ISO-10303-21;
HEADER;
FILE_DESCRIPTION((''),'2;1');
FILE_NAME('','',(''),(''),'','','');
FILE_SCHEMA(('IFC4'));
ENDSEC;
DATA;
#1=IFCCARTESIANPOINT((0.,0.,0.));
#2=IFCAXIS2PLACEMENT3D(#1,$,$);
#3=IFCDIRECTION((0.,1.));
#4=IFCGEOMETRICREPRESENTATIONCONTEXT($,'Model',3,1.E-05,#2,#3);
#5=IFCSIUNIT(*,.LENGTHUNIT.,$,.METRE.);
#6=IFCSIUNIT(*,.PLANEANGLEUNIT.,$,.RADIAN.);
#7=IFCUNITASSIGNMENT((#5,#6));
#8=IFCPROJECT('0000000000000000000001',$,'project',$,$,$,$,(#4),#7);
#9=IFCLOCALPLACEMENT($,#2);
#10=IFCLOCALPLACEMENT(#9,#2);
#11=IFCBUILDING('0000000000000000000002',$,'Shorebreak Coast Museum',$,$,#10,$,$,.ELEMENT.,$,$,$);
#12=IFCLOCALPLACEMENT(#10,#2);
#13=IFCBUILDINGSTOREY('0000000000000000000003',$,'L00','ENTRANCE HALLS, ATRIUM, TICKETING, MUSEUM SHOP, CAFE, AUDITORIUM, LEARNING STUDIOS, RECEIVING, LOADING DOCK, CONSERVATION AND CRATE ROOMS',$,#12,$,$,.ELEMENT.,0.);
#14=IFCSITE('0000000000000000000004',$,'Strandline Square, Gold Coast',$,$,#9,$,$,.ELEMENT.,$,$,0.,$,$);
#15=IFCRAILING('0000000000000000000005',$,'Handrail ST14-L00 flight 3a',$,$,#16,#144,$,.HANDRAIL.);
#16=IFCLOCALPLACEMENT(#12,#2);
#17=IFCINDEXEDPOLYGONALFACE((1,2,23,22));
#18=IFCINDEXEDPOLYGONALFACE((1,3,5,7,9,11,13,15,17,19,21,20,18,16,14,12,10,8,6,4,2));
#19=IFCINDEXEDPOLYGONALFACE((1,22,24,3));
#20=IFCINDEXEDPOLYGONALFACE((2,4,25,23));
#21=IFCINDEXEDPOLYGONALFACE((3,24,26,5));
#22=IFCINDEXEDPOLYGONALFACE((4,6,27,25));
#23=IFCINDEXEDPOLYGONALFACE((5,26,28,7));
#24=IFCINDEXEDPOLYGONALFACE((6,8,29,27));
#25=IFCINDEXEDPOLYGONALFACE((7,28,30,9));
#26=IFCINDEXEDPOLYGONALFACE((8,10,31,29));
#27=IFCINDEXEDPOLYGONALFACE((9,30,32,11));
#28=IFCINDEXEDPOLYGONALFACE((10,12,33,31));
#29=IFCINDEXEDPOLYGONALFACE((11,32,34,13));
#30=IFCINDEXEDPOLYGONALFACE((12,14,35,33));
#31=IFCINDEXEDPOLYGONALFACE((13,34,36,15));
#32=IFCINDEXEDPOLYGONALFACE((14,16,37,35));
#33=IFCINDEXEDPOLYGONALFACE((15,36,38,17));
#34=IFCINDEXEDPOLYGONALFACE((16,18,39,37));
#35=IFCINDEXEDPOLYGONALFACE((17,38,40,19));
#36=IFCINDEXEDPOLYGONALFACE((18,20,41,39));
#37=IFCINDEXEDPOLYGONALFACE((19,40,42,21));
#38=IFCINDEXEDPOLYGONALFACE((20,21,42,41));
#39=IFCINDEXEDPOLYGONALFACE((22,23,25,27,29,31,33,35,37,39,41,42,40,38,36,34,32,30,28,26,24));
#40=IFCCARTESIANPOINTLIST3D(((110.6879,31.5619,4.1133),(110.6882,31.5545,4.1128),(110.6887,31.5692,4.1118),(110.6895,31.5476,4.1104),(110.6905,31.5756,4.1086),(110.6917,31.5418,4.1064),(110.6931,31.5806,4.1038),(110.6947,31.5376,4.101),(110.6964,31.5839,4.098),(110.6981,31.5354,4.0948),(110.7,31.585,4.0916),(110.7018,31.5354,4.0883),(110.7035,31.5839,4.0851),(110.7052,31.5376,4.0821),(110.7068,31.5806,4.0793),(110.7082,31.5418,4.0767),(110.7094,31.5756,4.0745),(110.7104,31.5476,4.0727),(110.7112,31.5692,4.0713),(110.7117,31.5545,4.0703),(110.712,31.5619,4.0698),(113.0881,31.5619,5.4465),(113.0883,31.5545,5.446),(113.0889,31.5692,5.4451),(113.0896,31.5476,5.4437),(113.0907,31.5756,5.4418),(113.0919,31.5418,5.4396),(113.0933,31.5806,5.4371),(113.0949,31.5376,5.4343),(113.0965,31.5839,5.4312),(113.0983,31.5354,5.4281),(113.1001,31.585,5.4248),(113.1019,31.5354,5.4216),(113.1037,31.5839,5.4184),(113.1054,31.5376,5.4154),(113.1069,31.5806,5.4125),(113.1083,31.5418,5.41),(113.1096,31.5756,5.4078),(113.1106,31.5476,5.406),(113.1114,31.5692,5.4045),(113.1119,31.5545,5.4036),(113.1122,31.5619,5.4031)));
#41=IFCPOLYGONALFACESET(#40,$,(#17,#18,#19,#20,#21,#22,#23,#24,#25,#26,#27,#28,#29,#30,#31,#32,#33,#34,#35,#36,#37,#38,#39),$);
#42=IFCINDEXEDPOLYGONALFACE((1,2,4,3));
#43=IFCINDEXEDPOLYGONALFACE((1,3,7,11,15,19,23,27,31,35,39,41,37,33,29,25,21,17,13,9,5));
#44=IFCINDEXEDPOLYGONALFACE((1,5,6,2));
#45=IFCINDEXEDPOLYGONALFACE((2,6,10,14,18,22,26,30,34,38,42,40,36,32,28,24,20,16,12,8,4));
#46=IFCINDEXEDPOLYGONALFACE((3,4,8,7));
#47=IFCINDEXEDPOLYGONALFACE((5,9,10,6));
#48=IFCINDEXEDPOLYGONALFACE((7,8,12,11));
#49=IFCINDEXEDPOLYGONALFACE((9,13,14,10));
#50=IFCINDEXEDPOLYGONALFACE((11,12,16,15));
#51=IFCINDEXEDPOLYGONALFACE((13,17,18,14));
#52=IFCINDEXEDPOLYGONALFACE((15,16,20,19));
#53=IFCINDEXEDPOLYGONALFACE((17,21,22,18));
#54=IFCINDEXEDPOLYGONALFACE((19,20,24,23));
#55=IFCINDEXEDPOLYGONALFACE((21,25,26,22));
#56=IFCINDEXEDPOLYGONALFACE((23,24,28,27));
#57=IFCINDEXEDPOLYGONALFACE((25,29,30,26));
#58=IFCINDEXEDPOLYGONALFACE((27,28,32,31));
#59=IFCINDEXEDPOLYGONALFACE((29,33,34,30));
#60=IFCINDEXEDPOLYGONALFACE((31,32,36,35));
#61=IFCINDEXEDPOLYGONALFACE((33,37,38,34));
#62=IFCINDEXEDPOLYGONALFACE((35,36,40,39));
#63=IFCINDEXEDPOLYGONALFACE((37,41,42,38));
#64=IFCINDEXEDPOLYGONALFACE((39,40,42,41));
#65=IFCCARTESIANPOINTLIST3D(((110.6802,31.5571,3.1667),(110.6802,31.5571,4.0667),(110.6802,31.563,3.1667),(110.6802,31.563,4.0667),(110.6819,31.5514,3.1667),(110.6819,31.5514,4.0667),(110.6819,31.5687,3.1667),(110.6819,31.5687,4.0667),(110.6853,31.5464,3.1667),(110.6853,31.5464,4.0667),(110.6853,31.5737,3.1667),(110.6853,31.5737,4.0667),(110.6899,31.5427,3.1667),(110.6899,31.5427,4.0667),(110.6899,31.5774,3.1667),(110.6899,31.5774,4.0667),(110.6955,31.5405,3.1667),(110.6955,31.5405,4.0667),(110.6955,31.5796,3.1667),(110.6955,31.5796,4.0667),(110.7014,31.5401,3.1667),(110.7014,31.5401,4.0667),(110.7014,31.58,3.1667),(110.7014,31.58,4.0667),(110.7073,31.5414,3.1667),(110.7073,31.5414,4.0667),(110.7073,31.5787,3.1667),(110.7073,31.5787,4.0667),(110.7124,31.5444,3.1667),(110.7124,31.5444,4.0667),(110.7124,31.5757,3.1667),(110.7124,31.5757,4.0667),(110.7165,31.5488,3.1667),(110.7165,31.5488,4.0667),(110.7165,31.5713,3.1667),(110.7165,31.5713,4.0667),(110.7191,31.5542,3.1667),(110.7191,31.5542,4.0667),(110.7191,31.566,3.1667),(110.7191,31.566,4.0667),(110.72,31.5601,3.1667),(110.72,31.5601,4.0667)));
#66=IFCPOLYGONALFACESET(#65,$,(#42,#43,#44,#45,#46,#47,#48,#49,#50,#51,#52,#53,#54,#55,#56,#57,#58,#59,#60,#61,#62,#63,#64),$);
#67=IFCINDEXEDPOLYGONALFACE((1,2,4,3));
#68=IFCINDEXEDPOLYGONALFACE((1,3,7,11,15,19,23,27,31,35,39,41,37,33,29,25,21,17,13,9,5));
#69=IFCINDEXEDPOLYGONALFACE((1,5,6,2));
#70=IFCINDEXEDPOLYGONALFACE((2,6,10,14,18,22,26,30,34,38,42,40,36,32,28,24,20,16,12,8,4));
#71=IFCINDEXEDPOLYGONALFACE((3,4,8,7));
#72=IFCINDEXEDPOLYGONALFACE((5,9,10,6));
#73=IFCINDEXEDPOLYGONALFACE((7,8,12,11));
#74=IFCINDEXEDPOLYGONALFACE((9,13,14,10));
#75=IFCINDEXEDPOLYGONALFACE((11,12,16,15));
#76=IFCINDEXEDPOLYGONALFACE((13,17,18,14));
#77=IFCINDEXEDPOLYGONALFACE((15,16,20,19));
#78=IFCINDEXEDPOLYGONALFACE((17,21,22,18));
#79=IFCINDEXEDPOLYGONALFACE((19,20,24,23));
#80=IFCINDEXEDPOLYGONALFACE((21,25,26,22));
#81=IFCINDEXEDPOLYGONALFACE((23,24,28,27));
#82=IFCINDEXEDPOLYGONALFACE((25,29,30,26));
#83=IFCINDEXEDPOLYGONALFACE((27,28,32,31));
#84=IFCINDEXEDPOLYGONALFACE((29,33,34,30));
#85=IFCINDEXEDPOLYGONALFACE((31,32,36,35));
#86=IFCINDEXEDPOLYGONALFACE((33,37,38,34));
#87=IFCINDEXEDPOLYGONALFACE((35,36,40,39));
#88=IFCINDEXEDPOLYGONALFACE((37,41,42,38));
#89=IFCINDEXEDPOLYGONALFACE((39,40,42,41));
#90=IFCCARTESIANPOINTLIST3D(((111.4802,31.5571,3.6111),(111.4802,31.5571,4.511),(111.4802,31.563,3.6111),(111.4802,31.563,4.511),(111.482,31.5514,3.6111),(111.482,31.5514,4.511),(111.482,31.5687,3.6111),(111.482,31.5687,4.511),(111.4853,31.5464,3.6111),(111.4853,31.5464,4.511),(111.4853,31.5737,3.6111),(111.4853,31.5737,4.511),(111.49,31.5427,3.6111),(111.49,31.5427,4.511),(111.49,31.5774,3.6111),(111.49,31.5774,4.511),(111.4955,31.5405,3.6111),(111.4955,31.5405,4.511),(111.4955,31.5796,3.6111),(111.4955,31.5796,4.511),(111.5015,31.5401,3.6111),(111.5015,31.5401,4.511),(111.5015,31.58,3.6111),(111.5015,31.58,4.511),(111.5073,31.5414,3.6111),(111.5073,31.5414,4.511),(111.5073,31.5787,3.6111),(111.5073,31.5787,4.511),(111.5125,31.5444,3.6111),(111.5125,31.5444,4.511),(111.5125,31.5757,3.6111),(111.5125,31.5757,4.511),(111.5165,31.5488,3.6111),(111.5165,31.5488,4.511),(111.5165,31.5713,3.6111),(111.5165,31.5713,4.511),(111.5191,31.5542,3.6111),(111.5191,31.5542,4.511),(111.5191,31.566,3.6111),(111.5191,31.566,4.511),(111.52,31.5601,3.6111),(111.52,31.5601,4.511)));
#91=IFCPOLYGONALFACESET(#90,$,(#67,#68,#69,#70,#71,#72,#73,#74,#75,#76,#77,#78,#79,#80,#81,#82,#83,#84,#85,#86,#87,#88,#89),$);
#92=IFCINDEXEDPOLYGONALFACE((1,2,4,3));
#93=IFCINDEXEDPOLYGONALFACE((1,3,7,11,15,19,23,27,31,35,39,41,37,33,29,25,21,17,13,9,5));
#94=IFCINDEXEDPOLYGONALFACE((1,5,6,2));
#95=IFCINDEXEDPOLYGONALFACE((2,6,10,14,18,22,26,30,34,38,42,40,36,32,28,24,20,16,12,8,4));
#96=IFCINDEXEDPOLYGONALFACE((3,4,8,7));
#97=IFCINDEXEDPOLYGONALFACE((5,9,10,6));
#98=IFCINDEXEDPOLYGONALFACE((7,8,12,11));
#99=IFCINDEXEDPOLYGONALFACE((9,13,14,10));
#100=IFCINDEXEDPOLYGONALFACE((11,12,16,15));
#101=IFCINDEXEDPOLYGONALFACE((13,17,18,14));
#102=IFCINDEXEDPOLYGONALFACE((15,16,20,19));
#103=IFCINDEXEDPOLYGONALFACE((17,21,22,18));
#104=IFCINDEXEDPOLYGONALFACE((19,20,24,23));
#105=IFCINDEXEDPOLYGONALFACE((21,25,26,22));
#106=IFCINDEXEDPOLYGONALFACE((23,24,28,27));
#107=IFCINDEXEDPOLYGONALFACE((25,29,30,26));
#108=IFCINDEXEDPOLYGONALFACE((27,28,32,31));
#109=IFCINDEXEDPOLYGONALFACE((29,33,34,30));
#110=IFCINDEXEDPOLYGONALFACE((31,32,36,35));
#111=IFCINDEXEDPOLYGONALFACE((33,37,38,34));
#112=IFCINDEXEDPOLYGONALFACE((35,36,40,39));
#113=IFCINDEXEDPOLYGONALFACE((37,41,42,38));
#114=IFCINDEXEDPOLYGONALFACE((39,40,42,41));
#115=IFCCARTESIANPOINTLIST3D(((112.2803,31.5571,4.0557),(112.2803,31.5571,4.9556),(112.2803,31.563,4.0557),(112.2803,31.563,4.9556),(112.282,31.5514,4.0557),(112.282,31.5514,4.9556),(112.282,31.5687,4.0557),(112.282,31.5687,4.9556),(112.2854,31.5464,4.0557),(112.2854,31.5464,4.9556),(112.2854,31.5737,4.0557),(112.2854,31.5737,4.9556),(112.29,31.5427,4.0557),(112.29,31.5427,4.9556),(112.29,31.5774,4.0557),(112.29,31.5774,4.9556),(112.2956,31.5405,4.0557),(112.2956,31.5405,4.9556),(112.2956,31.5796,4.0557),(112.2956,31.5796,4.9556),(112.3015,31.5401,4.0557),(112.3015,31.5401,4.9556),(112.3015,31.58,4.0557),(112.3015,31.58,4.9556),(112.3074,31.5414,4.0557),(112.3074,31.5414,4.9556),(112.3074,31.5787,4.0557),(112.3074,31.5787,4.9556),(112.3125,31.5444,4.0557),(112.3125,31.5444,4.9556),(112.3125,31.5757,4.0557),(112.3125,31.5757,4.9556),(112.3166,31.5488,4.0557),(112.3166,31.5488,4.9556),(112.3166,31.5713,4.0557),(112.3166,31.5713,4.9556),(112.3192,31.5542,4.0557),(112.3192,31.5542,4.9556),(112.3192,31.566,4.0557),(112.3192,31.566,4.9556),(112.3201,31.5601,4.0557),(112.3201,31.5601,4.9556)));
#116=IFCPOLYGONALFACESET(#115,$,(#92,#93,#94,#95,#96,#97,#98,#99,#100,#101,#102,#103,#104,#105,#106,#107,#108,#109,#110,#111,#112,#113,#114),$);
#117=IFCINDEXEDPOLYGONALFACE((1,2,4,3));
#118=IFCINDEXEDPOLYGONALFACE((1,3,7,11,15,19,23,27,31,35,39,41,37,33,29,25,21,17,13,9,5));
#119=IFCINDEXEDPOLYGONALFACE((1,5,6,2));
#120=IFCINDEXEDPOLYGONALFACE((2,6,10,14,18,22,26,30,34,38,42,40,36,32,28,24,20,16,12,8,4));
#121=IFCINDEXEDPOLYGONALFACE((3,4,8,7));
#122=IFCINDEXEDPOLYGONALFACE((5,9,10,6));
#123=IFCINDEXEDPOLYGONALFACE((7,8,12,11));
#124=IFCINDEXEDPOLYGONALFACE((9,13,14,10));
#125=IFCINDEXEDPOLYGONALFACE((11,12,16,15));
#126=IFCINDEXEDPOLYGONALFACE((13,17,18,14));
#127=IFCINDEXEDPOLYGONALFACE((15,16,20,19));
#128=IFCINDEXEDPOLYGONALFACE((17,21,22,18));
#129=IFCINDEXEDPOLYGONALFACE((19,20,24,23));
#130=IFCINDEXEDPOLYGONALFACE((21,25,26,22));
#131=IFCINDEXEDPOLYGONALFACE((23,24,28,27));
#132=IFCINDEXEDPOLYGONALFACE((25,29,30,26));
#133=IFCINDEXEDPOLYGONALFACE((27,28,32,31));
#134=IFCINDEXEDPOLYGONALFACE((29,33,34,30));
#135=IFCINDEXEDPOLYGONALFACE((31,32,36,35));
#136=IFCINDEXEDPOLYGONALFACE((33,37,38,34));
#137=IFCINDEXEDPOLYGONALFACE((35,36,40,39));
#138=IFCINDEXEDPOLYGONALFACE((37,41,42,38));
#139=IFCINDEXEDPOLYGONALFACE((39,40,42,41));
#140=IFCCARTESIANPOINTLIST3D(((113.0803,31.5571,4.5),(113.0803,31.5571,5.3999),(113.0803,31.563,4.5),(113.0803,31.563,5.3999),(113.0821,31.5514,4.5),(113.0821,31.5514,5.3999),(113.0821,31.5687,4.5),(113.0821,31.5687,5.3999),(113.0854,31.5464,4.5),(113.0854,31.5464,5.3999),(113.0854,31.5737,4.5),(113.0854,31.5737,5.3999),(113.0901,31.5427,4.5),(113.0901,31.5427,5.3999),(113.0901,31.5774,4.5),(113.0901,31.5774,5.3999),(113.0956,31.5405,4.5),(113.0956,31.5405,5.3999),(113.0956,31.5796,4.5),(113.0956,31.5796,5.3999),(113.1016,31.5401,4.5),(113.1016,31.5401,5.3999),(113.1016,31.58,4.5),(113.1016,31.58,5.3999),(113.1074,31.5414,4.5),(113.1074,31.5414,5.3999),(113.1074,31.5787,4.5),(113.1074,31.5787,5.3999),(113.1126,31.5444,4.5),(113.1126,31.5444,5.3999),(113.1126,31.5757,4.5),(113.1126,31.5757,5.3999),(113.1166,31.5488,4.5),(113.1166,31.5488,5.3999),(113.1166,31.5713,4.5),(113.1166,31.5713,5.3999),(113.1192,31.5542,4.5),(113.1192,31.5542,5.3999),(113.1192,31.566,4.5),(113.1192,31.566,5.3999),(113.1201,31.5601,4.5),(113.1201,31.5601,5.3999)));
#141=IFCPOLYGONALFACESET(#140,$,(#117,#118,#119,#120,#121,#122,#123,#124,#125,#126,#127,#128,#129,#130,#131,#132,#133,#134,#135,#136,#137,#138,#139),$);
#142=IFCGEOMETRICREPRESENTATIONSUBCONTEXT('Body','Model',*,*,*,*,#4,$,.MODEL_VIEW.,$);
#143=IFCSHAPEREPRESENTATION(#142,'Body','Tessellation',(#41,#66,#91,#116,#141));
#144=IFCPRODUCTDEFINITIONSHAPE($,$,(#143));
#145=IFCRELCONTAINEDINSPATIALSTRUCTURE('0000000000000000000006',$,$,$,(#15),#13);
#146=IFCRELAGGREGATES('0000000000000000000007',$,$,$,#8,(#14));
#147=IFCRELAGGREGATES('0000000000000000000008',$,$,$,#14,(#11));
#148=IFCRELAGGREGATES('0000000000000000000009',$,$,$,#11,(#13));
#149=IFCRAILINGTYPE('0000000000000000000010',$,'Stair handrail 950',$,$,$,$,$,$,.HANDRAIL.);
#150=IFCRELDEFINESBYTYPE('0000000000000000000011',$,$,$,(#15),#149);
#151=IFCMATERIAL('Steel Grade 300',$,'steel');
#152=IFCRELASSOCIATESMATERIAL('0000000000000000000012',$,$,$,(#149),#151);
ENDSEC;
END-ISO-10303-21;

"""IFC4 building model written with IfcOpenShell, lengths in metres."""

from ifc_helpers import new_model, si_unit, direction, frame, origin, origin_2d, place, context, subcontext, project, spatial, circle, extrude, material, type_object, element, save


model = new_model("IFC4")

# Units and contexts
model_context = context("Model", 3, precision=1e-05, world=origin(), true_north=direction((0.0, 1.0)))
body_context = subcontext(model_context, "Body", "Model", "MODEL_VIEW")
ifc_project = project(units=[si_unit("LENGTHUNIT", "METRE"), si_unit("PLANEANGLEUNIT", "RADIAN")], contexts=[model_context])

# Site, building, storey
site_placement = place(None, origin())
site = spatial("IfcSite", under=ifc_project, at=site_placement, Name="Strandline Square, Gold Coast", CompositionType="ELEMENT", RefElevation=0.0)
building_placement = place(site_placement, origin())
building = spatial("IfcBuilding", under=site, at=building_placement, Name="Shorebreak Coast Museum", CompositionType="ELEMENT")
storey_placement = place(building_placement, origin())
storey = spatial("IfcBuildingStorey", under=building, at=storey_placement, Name="L00", Description="ENTRANCE HALLS, ATRIUM, TICKETING, MUSEUM SHOP, CAFE, AUDITORIUM, LEARNING STUDIOS, RECEIVING, LOADING DOCK, CONSERVATION AND CRATE ROOMS", CompositionType="ELEMENT", Elevation=0.0)

# Railing
ifc_material_1 = material(Name="Steel Grade 300", Category="steel")
railing_type_1 = type_object("IfcRailingType", Name="Stair handrail 950", PredefinedType="HANDRAIL", material=ifc_material_1)
for number, where, name in (
    (1, (110.7, 31.5601, 3.1667), "Handrail ST14-L00 flight 3a"),
):
    element("IfcRailing", number, at=place(storey_placement, frame(where)), inside=storey, type_object=railing_type_1, Name=name, PredefinedType="HANDRAIL", context=body_context, shape_type="SweptSolid", body=[
        extrude(circle(Radius=0.0249, at=origin_2d()), frame((0.0, 0.0, 0.9248), z_axis=(0.874182, 0.0, 0.485598), x_axis=(0.0, 1.0, 0.0)), (0.0, 0.0, 1.0), 2.7456),
        extrude(circle(Radius=0.02, at=origin_2d()), origin(), (0.0, 0.0, 1.0), 0.8999),
        extrude(circle(Radius=0.02, at=origin_2d()), frame((0.8, 0.0, 0.4443)), (0.0, 0.0, 1.0), 0.8999),
        extrude(circle(Radius=0.02, at=origin_2d()), frame((1.6001, 0.0, 0.8889)), (0.0, 0.0, 1.0), 0.8999),
        extrude(circle(Radius=0.02, at=origin_2d()), frame((2.4001, 0.0, 1.3333)), (0.0, 0.0, 1.0), 0.8999),
    ])

save(model, "model.ifc")
